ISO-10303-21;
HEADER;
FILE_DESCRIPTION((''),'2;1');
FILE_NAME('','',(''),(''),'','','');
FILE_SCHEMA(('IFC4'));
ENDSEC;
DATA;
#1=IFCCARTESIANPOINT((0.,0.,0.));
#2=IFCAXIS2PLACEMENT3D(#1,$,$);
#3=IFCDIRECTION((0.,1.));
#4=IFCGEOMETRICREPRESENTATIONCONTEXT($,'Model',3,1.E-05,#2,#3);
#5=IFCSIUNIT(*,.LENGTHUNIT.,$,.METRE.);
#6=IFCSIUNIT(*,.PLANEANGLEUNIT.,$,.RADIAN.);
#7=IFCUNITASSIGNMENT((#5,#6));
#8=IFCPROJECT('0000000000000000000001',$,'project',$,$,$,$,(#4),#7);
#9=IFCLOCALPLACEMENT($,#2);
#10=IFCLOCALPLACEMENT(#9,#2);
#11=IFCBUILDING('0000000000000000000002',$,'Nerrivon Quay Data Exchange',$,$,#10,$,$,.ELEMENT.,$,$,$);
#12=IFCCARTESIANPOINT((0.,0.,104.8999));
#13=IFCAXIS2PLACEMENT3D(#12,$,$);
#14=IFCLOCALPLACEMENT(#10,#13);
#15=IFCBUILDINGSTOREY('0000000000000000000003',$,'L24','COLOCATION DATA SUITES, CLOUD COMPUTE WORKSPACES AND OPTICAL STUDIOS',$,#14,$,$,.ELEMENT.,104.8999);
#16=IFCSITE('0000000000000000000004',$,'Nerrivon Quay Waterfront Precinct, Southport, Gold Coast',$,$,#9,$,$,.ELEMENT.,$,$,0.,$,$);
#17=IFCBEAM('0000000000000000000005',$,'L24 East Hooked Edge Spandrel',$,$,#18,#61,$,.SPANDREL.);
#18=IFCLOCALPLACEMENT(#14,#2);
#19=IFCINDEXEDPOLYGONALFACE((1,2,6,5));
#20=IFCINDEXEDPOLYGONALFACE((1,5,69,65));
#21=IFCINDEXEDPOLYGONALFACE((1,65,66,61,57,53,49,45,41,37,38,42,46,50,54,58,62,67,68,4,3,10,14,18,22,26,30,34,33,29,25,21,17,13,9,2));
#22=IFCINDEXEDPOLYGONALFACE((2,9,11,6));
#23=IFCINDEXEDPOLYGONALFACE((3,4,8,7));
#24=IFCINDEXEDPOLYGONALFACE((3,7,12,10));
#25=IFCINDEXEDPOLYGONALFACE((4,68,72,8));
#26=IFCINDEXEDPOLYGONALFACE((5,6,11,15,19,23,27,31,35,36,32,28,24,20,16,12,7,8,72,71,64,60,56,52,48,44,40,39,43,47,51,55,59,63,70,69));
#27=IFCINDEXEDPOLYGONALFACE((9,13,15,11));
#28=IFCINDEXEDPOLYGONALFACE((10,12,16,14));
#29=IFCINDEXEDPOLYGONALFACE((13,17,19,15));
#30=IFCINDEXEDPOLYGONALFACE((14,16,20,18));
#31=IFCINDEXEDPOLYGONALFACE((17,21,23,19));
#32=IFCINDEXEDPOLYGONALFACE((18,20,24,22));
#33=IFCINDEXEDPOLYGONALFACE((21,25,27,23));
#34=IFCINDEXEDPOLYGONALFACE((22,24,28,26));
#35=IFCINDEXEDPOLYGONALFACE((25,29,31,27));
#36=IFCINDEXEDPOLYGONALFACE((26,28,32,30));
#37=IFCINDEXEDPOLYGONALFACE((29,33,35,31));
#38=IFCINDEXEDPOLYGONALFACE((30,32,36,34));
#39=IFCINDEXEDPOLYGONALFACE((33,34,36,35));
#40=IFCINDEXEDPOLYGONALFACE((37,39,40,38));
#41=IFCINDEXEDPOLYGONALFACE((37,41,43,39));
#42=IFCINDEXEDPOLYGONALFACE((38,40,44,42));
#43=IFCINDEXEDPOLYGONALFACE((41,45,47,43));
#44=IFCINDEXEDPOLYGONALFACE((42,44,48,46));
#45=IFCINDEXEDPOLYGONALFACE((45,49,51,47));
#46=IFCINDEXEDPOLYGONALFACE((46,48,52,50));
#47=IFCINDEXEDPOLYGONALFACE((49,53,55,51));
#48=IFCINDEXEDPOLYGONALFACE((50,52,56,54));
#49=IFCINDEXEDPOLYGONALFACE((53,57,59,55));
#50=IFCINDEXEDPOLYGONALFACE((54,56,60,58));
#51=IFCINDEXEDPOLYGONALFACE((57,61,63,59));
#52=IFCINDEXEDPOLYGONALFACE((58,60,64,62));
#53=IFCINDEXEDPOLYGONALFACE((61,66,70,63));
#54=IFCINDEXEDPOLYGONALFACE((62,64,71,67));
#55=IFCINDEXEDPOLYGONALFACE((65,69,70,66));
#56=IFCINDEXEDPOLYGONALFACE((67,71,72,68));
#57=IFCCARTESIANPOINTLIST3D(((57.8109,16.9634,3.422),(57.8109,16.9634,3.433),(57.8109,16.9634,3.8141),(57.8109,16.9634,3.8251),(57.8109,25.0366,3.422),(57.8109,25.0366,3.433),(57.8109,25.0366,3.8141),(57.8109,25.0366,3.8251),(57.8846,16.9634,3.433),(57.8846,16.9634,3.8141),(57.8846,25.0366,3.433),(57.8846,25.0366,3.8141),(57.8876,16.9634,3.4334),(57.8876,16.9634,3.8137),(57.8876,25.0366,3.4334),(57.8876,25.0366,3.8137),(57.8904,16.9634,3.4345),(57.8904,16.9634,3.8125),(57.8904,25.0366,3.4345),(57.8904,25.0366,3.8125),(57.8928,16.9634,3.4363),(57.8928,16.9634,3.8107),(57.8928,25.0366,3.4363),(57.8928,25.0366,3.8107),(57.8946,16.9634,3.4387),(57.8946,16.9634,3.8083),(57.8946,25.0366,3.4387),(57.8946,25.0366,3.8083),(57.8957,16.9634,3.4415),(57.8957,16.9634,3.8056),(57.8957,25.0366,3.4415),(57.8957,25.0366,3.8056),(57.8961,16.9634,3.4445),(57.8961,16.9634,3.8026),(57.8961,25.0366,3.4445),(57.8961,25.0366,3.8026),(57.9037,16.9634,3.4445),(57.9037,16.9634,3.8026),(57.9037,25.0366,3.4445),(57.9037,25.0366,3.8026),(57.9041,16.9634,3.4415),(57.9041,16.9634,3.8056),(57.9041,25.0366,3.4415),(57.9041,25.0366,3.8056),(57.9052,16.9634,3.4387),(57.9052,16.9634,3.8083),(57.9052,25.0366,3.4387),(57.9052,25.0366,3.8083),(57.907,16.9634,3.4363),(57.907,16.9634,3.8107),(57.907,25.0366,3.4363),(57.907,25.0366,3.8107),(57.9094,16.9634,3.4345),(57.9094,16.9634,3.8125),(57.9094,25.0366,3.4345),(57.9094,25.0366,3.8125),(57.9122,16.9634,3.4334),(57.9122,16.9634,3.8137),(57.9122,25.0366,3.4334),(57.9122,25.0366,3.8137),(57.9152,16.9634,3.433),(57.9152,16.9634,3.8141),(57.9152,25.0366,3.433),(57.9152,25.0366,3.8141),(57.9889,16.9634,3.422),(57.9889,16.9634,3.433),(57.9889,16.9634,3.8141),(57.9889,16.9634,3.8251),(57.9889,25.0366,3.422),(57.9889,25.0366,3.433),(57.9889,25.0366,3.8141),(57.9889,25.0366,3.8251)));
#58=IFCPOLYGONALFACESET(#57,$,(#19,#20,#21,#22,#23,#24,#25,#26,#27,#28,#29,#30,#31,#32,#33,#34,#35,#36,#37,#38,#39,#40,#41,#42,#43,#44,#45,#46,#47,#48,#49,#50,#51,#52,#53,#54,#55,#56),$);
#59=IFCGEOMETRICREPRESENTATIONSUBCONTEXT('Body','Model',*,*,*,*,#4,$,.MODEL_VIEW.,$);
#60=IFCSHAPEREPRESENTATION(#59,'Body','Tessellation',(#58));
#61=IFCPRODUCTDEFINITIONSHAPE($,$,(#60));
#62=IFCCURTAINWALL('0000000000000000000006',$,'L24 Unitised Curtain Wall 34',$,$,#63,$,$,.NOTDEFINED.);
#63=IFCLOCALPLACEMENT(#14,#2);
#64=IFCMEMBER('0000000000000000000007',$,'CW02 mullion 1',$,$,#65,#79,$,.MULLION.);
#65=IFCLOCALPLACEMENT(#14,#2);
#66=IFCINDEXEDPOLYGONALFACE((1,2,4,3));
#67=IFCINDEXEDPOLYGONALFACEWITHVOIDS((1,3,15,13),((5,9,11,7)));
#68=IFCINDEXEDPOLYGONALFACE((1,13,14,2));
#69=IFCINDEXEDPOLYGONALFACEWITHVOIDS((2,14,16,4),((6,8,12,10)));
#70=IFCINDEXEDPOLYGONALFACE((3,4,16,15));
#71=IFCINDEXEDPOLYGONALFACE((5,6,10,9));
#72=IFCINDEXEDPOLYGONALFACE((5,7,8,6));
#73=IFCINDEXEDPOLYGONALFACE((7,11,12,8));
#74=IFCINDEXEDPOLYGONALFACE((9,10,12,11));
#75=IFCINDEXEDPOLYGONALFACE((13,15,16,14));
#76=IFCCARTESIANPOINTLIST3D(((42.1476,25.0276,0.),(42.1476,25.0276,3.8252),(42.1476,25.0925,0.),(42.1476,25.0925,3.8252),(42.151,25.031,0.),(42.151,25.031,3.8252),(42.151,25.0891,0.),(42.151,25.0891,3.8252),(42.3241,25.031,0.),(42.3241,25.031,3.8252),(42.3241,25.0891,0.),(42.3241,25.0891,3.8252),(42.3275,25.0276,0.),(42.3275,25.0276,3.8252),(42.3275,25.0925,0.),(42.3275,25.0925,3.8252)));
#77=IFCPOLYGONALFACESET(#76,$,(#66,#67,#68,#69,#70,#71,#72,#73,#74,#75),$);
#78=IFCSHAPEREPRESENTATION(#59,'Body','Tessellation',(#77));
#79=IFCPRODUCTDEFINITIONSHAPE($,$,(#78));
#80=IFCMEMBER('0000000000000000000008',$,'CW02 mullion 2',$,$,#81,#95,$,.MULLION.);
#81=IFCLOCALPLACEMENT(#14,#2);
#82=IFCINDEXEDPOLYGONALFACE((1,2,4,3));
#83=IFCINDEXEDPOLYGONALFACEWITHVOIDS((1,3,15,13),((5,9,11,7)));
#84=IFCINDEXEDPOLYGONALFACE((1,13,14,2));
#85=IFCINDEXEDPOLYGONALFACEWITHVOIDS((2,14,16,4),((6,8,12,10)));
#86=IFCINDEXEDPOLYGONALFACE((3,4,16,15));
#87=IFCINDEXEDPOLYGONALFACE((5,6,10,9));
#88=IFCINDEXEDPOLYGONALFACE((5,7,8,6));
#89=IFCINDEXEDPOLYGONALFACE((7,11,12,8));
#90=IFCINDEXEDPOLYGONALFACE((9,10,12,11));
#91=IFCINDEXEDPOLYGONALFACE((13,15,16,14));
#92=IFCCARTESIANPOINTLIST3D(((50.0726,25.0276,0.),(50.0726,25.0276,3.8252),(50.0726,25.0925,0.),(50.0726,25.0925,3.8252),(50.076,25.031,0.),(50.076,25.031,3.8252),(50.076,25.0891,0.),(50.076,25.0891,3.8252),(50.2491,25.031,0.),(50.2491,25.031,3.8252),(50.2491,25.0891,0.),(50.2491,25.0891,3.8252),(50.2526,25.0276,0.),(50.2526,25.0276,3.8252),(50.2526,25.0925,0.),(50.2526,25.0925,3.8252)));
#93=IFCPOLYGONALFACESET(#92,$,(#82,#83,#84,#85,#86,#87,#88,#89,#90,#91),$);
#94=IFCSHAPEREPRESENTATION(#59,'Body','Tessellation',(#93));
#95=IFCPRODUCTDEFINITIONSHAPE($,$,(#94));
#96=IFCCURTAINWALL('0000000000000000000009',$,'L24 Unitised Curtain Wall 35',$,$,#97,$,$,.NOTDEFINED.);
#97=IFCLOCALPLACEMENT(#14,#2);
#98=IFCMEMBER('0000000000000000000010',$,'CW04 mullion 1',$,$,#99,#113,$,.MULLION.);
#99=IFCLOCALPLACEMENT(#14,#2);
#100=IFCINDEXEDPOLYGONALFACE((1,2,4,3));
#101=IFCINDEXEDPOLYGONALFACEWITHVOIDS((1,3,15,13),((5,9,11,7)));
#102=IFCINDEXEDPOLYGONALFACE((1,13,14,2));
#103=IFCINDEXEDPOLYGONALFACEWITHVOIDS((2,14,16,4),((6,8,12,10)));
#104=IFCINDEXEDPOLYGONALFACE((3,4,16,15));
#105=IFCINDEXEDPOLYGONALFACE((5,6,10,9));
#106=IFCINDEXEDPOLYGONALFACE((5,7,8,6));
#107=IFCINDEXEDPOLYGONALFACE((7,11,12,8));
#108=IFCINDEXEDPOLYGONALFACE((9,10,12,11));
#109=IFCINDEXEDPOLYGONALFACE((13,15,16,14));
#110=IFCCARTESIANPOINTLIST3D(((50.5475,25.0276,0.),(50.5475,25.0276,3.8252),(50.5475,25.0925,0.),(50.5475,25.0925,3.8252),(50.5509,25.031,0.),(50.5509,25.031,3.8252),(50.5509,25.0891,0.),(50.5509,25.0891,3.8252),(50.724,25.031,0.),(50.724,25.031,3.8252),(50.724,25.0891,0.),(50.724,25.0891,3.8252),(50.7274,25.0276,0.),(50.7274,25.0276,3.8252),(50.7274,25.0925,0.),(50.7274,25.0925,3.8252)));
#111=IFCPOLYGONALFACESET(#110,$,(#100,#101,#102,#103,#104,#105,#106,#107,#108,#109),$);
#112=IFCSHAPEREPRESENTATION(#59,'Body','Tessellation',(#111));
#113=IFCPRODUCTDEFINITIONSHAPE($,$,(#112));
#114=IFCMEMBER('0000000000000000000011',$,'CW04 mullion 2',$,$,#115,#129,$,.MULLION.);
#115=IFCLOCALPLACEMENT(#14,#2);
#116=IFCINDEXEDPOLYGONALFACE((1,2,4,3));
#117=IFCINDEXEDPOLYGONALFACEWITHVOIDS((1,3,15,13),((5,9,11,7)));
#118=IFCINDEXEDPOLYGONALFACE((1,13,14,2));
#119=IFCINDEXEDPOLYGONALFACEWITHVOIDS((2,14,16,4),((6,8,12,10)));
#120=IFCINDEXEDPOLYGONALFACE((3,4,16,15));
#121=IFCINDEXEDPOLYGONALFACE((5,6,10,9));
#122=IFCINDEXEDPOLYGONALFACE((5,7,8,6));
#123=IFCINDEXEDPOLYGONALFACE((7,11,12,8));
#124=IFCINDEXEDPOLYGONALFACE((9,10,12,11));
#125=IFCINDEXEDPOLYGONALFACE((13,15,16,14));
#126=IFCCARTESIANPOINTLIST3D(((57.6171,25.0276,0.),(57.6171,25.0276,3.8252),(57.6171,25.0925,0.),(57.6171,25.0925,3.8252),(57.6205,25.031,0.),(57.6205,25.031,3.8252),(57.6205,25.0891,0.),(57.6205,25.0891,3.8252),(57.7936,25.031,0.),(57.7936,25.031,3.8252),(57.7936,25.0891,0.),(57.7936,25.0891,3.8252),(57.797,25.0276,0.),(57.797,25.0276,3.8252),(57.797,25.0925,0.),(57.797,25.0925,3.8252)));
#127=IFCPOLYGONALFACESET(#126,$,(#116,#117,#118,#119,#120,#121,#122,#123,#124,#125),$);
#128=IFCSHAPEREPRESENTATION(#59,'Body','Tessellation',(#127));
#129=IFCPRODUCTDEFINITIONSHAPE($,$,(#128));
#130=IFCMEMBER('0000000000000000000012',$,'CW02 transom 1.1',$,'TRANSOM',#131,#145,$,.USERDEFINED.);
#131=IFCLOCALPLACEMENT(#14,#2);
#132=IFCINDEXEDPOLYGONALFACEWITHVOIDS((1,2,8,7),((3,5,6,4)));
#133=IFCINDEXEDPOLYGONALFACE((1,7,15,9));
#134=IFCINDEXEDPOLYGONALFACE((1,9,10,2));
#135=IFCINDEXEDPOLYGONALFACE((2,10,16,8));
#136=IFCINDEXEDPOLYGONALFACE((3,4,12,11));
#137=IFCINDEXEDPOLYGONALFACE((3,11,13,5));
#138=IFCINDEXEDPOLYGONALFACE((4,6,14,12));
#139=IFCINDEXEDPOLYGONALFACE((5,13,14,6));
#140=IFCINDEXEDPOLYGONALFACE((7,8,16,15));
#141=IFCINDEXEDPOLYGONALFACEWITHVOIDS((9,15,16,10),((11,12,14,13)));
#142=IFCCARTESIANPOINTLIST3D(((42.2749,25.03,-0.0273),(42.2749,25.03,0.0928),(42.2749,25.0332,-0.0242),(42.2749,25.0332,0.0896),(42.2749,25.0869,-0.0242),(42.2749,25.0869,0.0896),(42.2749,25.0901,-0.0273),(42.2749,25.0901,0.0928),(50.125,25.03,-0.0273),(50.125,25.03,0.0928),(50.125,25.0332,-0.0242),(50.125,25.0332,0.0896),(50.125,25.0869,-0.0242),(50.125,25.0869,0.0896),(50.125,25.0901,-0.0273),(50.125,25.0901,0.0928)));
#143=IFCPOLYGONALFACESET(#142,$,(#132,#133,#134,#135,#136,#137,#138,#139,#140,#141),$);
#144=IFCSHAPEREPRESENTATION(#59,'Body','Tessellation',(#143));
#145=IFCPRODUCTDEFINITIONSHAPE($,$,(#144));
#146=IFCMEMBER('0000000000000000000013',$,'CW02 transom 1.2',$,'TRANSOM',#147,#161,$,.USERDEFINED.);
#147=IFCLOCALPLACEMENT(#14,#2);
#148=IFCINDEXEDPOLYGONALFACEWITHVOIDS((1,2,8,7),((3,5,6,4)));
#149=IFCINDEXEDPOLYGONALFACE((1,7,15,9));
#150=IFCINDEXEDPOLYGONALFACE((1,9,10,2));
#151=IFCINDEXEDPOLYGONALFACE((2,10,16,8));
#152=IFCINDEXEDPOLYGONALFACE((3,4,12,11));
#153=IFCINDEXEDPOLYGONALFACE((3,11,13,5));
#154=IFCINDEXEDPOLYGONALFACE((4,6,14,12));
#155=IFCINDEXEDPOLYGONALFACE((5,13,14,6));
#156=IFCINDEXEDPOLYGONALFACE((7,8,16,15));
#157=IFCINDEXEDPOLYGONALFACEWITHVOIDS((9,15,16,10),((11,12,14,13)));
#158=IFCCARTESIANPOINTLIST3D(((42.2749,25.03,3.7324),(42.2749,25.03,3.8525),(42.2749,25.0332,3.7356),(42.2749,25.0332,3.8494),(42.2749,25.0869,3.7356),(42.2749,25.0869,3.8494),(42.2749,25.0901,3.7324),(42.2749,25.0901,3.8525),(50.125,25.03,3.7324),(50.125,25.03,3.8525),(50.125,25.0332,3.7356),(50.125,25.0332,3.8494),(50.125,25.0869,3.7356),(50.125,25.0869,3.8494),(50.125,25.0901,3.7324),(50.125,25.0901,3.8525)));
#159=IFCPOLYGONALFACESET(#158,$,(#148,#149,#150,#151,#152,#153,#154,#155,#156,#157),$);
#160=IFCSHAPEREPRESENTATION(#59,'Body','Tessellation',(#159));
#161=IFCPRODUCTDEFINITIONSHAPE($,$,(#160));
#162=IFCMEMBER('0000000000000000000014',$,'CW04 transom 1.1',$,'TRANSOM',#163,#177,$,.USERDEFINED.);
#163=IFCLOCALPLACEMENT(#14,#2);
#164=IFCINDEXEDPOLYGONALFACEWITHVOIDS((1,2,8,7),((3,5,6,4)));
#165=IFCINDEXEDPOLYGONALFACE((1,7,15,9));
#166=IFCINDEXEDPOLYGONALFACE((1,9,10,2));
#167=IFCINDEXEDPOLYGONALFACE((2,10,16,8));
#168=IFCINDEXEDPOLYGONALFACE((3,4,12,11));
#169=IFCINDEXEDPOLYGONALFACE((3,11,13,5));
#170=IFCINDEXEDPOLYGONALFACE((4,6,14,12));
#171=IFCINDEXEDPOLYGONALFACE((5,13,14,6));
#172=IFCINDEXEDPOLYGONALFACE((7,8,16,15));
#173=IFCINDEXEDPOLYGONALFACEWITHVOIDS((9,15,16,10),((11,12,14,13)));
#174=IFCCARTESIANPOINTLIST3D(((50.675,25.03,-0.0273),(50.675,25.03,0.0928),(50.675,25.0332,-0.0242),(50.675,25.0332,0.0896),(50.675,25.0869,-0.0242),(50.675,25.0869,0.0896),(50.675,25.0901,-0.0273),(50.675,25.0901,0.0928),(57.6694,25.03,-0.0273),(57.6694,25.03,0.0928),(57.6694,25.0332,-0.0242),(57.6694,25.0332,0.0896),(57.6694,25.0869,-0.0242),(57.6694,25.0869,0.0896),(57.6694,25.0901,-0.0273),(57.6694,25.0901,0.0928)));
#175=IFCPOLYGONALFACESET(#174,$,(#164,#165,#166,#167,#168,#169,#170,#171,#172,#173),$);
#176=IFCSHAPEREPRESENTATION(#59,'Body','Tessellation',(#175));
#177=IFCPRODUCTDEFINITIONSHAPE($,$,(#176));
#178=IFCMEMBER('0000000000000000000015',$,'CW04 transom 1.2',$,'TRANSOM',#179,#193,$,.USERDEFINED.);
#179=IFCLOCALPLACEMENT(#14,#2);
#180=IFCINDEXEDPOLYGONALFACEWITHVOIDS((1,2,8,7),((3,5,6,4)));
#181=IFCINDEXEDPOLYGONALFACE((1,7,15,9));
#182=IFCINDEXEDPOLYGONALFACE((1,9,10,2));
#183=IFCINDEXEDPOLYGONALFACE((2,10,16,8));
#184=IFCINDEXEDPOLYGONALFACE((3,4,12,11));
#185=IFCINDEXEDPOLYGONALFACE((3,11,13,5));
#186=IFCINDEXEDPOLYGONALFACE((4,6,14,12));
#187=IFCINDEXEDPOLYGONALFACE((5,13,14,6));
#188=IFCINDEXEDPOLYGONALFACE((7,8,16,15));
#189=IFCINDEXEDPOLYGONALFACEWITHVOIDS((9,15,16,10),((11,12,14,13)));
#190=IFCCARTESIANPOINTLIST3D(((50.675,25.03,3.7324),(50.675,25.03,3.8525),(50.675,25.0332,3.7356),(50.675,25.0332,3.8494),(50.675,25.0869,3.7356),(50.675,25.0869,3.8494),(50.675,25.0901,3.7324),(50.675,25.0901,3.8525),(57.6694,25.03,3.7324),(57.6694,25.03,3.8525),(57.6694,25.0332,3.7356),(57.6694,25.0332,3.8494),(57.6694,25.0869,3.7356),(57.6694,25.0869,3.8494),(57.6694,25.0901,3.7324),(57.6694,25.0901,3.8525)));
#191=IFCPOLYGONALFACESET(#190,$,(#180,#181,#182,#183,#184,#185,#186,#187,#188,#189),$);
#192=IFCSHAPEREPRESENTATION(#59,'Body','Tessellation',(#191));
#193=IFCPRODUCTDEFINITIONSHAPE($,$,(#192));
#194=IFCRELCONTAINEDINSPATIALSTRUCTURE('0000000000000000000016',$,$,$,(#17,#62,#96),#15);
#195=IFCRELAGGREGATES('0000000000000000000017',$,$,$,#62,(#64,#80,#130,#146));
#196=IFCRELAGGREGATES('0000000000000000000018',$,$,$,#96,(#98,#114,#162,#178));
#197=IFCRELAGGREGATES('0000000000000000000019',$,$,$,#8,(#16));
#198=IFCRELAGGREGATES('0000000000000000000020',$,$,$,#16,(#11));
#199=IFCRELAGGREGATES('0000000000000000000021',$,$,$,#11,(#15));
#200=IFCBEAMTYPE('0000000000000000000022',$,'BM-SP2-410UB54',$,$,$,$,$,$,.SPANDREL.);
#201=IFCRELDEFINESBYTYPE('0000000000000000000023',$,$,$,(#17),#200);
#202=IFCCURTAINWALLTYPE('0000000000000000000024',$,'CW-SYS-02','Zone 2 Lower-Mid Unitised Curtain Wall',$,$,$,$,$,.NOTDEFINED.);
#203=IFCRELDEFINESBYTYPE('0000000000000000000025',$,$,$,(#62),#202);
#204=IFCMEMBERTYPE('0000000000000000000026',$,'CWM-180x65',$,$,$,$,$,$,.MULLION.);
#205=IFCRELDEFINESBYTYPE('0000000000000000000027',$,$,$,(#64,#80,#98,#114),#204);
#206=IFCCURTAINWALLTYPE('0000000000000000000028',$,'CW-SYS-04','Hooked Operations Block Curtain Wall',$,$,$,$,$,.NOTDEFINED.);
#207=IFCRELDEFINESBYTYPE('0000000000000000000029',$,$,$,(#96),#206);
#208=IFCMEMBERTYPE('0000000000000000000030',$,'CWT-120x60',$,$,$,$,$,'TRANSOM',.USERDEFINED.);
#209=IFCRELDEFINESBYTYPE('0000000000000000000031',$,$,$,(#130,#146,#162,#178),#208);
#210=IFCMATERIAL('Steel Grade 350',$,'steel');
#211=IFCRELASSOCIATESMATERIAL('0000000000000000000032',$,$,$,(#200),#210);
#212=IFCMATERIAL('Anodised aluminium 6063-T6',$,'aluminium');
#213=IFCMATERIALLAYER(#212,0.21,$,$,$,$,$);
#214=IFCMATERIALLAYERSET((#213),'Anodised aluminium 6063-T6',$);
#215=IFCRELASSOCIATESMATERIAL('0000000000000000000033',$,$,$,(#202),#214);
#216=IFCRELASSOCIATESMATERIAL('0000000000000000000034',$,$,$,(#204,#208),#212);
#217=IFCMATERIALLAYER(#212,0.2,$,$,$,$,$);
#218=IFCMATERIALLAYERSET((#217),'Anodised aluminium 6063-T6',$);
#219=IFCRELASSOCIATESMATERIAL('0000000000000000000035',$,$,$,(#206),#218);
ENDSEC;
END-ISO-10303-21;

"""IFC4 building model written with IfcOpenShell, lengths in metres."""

from ifc_helpers import new_model, si_unit, direction, frame, origin, origin_2d, place, context, subcontext, project, spatial, hollow_rectangle, i_section, extrude, material, layer, layer_set, material_profile, profile_set, type_object, element, aggregate, save


model = new_model("IFC4")

# Units and contexts
model_context = context("Model", 3, precision=1e-05, world=origin(), true_north=direction((0.0, 1.0)))
body_context = subcontext(model_context, "Body", "Model", "MODEL_VIEW")
ifc_project = project(units=[si_unit("LENGTHUNIT", "METRE"), si_unit("PLANEANGLEUNIT", "RADIAN")], contexts=[model_context])

# Site, building, storey
site_placement = place(None, origin())
site = spatial("IfcSite", under=ifc_project, at=site_placement, Name="Nerrivon Quay Waterfront Precinct, Southport, Gold Coast", CompositionType="ELEMENT", RefElevation=0.0)
building_placement = place(site_placement, origin())
building = spatial("IfcBuilding", under=site, at=building_placement, Name="Nerrivon Quay Data Exchange", CompositionType="ELEMENT")
storey_placement = place(building_placement, frame((0.0, 0.0, 104.8999)))
storey = spatial("IfcBuildingStorey", under=building, at=storey_placement, Name="L24", Description="COLOCATION DATA SUITES, CLOUD COMPUTE WORKSPACES AND OPTICAL STUDIOS", CompositionType="ELEMENT", Elevation=104.8999)

# Shared definitions
ifc_material_1 = material(Name="Steel Grade 350", Category="steel")

# Beam
ifc_material_profile_1 = material_profile(ifc_material_1, i_section(OverallWidth=0.178, OverallDepth=0.4031, WebThickness=0.0076, FlangeThickness=0.011, FilletRadius=0.0115, at=origin_2d()), Name="410UB53.7")
ifc_profile_set_1 = profile_set([ifc_material_profile_1], Name="Steel Grade 350")
beam_type_1 = type_object("IfcBeamType", Name="BM-SP2-410UB54", PredefinedType="SPANDREL", material=ifc_profile_set_1)
beam_1_placement = place(storey_placement, frame((57.8999, 16.9634, 3.6235), z_axis=(0.0, 1.0, 0.0), x_axis=(-1.0, 0.0, 0.0)))
element("IfcBeam", 1, at=beam_1_placement, inside=storey, type_object=beam_type_1, Name="L24 East Hooked Edge Spandrel", PredefinedType="SPANDREL", context=body_context, shape_type="SweptSolid", body=[
    extrude(i_section(OverallWidth=0.178, OverallDepth=0.4031, WebThickness=0.0076, FlangeThickness=0.011, FilletRadius=0.0115, at=origin_2d()), origin(), (0.0, 0.0, 1.0), 8.0732),
])

# Curtain walls, members
ifc_material_2 = material(Name="Anodised aluminium 6063-T6", Category="aluminium")
ifc_layer_1 = layer(ifc_material_2, 0.21)
ifc_layer_set_1 = layer_set([ifc_layer_1], Name="Anodised aluminium 6063-T6")
curtain_wall_type_1 = type_object("IfcCurtainWallType", Name="CW-SYS-02", Description="Zone 2 Lower-Mid Unitised Curtain Wall", PredefinedType="NOTDEFINED", material=ifc_layer_set_1)
curtain_wall_1_placement = place(storey_placement, origin())
curtain_wall_1 = element("IfcCurtainWall", 2, at=curtain_wall_1_placement, inside=storey, type_object=curtain_wall_type_1, Name="L24 Unitised Curtain Wall 34", PredefinedType="NOTDEFINED")
ifc_material_profile_2 = material_profile(ifc_material_2, hollow_rectangle(XDim=0.0649, YDim=0.1799, WallThickness=0.0034, at=origin_2d()), Name="ALU-MULL-180x65")
ifc_profile_set_2 = profile_set([ifc_material_profile_2], Name="Anodised aluminium 6063-T6")
member_type_1 = type_object("IfcMemberType", Name="CWM-180x65", PredefinedType="MULLION", material=ifc_profile_set_2)
member_1_placement = place(storey_placement, frame((42.2375, 25.0601, 0.0), z_axis=(0.0, 0.0, 1.0), x_axis=(0.0, 1.0, 0.0)))
member_1 = element("IfcMember", 3, at=member_1_placement, type_object=member_type_1, Name="CW02 mullion 1", PredefinedType="MULLION", context=body_context, shape_type="SweptSolid", body=[
    extrude(hollow_rectangle(XDim=0.0649, YDim=0.1799, WallThickness=0.0034, at=origin_2d()), origin(), (0.0, 0.0, 1.0), 3.8252),
])
member_2_placement = place(storey_placement, frame((50.1626, 25.0601, 0.0), z_axis=(0.0, 0.0, 1.0), x_axis=(0.0, 1.0, 0.0)))
member_2 = element("IfcMember", 4, at=member_2_placement, type_object=member_type_1, Name="CW02 mullion 2", PredefinedType="MULLION", context=body_context, shape_type="SweptSolid", body=[
    extrude(hollow_rectangle(XDim=0.0649, YDim=0.1799, WallThickness=0.0034, at=origin_2d()), origin(), (0.0, 0.0, 1.0), 3.8252),
])
ifc_layer_2 = layer(ifc_material_2, 0.2)
ifc_layer_set_2 = layer_set([ifc_layer_2], Name="Anodised aluminium 6063-T6")
curtain_wall_type_2 = type_object("IfcCurtainWallType", Name="CW-SYS-04", Description="Hooked Operations Block Curtain Wall", PredefinedType="NOTDEFINED", material=ifc_layer_set_2)
curtain_wall_2_placement = place(storey_placement, origin())
curtain_wall_2 = element("IfcCurtainWall", 5, at=curtain_wall_2_placement, inside=storey, type_object=curtain_wall_type_2, Name="L24 Unitised Curtain Wall 35", PredefinedType="NOTDEFINED")
member_3_placement = place(storey_placement, frame((50.6375, 25.0601, 0.0), z_axis=(0.0, 0.0, 1.0), x_axis=(0.0, 1.0, 0.0)))
member_3 = element("IfcMember", 6, at=member_3_placement, type_object=member_type_1, Name="CW04 mullion 1", PredefinedType="MULLION", context=body_context, shape_type="SweptSolid", body=[
    extrude(hollow_rectangle(XDim=0.0649, YDim=0.1799, WallThickness=0.0034, at=origin_2d()), origin(), (0.0, 0.0, 1.0), 3.8252),
])
member_4_placement = place(storey_placement, frame((57.707, 25.0601, 0.0), z_axis=(0.0, 0.0, 1.0), x_axis=(0.0, 1.0, 0.0)))
member_4 = element("IfcMember", 7, at=member_4_placement, type_object=member_type_1, Name="CW04 mullion 2", PredefinedType="MULLION", context=body_context, shape_type="SweptSolid", body=[
    extrude(hollow_rectangle(XDim=0.0649, YDim=0.1799, WallThickness=0.0034, at=origin_2d()), origin(), (0.0, 0.0, 1.0), 3.8252),
])

# Members
ifc_material_profile_3 = material_profile(ifc_material_2, hollow_rectangle(XDim=0.0601, YDim=0.1201, WallThickness=0.0032, at=origin_2d()), Name="ALU-TRAN-120x60")
ifc_profile_set_3 = profile_set([ifc_material_profile_3], Name="Anodised aluminium 6063-T6")
member_type_2 = type_object("IfcMemberType", Name="CWT-120x60", ElementType="TRANSOM", PredefinedType="USERDEFINED", material=ifc_profile_set_3)
member_5_placement = place(storey_placement, frame((42.2749, 25.0601, 0.0327), z_axis=(1.0, 0.0, 0.0), x_axis=(0.0, 1.0, 0.0)))
member_5 = element("IfcMember", 8, at=member_5_placement, type_object=member_type_2, Name="CW02 transom 1.1", ObjectType="TRANSOM", PredefinedType="USERDEFINED", context=body_context, shape_type="SweptSolid", body=[
    extrude(hollow_rectangle(XDim=0.0601, YDim=0.1201, WallThickness=0.0032, at=origin_2d()), origin(), (0.0, 0.0, 1.0), 7.8501),
])
member_6_placement = place(storey_placement, frame((42.2749, 25.0601, 3.7925), z_axis=(1.0, 0.0, 0.0), x_axis=(0.0, 1.0, 0.0)))
member_6 = element("IfcMember", 9, at=member_6_placement, type_object=member_type_2, Name="CW02 transom 1.2", ObjectType="TRANSOM", PredefinedType="USERDEFINED", context=body_context, shape_type="SweptSolid", body=[
    extrude(hollow_rectangle(XDim=0.0601, YDim=0.1201, WallThickness=0.0032, at=origin_2d()), origin(), (0.0, 0.0, 1.0), 7.8501),
])
member_7_placement = place(storey_placement, frame((50.675, 25.0601, 0.0327), z_axis=(1.0, 0.0, 0.0), x_axis=(0.0, 1.0, 0.0)))
member_7 = element("IfcMember", 10, at=member_7_placement, type_object=member_type_2, Name="CW04 transom 1.1", ObjectType="TRANSOM", PredefinedType="USERDEFINED", context=body_context, shape_type="SweptSolid", body=[
    extrude(hollow_rectangle(XDim=0.0601, YDim=0.1201, WallThickness=0.0032, at=origin_2d()), origin(), (0.0, 0.0, 1.0), 6.9944),
])
member_8_placement = place(storey_placement, frame((50.675, 25.0601, 3.7925), z_axis=(1.0, 0.0, 0.0), x_axis=(0.0, 1.0, 0.0)))
member_8 = element("IfcMember", 11, at=member_8_placement, type_object=member_type_2, Name="CW04 transom 1.2", ObjectType="TRANSOM", PredefinedType="USERDEFINED", context=body_context, shape_type="SweptSolid", body=[
    extrude(hollow_rectangle(XDim=0.0601, YDim=0.1201, WallThickness=0.0032, at=origin_2d()), origin(), (0.0, 0.0, 1.0), 6.9944),
])

aggregate(curtain_wall_1, [member_1, member_2, member_5, member_6])
aggregate(curtain_wall_2, [member_3, member_4, member_7, member_8])

save(model, "model.ifc")
